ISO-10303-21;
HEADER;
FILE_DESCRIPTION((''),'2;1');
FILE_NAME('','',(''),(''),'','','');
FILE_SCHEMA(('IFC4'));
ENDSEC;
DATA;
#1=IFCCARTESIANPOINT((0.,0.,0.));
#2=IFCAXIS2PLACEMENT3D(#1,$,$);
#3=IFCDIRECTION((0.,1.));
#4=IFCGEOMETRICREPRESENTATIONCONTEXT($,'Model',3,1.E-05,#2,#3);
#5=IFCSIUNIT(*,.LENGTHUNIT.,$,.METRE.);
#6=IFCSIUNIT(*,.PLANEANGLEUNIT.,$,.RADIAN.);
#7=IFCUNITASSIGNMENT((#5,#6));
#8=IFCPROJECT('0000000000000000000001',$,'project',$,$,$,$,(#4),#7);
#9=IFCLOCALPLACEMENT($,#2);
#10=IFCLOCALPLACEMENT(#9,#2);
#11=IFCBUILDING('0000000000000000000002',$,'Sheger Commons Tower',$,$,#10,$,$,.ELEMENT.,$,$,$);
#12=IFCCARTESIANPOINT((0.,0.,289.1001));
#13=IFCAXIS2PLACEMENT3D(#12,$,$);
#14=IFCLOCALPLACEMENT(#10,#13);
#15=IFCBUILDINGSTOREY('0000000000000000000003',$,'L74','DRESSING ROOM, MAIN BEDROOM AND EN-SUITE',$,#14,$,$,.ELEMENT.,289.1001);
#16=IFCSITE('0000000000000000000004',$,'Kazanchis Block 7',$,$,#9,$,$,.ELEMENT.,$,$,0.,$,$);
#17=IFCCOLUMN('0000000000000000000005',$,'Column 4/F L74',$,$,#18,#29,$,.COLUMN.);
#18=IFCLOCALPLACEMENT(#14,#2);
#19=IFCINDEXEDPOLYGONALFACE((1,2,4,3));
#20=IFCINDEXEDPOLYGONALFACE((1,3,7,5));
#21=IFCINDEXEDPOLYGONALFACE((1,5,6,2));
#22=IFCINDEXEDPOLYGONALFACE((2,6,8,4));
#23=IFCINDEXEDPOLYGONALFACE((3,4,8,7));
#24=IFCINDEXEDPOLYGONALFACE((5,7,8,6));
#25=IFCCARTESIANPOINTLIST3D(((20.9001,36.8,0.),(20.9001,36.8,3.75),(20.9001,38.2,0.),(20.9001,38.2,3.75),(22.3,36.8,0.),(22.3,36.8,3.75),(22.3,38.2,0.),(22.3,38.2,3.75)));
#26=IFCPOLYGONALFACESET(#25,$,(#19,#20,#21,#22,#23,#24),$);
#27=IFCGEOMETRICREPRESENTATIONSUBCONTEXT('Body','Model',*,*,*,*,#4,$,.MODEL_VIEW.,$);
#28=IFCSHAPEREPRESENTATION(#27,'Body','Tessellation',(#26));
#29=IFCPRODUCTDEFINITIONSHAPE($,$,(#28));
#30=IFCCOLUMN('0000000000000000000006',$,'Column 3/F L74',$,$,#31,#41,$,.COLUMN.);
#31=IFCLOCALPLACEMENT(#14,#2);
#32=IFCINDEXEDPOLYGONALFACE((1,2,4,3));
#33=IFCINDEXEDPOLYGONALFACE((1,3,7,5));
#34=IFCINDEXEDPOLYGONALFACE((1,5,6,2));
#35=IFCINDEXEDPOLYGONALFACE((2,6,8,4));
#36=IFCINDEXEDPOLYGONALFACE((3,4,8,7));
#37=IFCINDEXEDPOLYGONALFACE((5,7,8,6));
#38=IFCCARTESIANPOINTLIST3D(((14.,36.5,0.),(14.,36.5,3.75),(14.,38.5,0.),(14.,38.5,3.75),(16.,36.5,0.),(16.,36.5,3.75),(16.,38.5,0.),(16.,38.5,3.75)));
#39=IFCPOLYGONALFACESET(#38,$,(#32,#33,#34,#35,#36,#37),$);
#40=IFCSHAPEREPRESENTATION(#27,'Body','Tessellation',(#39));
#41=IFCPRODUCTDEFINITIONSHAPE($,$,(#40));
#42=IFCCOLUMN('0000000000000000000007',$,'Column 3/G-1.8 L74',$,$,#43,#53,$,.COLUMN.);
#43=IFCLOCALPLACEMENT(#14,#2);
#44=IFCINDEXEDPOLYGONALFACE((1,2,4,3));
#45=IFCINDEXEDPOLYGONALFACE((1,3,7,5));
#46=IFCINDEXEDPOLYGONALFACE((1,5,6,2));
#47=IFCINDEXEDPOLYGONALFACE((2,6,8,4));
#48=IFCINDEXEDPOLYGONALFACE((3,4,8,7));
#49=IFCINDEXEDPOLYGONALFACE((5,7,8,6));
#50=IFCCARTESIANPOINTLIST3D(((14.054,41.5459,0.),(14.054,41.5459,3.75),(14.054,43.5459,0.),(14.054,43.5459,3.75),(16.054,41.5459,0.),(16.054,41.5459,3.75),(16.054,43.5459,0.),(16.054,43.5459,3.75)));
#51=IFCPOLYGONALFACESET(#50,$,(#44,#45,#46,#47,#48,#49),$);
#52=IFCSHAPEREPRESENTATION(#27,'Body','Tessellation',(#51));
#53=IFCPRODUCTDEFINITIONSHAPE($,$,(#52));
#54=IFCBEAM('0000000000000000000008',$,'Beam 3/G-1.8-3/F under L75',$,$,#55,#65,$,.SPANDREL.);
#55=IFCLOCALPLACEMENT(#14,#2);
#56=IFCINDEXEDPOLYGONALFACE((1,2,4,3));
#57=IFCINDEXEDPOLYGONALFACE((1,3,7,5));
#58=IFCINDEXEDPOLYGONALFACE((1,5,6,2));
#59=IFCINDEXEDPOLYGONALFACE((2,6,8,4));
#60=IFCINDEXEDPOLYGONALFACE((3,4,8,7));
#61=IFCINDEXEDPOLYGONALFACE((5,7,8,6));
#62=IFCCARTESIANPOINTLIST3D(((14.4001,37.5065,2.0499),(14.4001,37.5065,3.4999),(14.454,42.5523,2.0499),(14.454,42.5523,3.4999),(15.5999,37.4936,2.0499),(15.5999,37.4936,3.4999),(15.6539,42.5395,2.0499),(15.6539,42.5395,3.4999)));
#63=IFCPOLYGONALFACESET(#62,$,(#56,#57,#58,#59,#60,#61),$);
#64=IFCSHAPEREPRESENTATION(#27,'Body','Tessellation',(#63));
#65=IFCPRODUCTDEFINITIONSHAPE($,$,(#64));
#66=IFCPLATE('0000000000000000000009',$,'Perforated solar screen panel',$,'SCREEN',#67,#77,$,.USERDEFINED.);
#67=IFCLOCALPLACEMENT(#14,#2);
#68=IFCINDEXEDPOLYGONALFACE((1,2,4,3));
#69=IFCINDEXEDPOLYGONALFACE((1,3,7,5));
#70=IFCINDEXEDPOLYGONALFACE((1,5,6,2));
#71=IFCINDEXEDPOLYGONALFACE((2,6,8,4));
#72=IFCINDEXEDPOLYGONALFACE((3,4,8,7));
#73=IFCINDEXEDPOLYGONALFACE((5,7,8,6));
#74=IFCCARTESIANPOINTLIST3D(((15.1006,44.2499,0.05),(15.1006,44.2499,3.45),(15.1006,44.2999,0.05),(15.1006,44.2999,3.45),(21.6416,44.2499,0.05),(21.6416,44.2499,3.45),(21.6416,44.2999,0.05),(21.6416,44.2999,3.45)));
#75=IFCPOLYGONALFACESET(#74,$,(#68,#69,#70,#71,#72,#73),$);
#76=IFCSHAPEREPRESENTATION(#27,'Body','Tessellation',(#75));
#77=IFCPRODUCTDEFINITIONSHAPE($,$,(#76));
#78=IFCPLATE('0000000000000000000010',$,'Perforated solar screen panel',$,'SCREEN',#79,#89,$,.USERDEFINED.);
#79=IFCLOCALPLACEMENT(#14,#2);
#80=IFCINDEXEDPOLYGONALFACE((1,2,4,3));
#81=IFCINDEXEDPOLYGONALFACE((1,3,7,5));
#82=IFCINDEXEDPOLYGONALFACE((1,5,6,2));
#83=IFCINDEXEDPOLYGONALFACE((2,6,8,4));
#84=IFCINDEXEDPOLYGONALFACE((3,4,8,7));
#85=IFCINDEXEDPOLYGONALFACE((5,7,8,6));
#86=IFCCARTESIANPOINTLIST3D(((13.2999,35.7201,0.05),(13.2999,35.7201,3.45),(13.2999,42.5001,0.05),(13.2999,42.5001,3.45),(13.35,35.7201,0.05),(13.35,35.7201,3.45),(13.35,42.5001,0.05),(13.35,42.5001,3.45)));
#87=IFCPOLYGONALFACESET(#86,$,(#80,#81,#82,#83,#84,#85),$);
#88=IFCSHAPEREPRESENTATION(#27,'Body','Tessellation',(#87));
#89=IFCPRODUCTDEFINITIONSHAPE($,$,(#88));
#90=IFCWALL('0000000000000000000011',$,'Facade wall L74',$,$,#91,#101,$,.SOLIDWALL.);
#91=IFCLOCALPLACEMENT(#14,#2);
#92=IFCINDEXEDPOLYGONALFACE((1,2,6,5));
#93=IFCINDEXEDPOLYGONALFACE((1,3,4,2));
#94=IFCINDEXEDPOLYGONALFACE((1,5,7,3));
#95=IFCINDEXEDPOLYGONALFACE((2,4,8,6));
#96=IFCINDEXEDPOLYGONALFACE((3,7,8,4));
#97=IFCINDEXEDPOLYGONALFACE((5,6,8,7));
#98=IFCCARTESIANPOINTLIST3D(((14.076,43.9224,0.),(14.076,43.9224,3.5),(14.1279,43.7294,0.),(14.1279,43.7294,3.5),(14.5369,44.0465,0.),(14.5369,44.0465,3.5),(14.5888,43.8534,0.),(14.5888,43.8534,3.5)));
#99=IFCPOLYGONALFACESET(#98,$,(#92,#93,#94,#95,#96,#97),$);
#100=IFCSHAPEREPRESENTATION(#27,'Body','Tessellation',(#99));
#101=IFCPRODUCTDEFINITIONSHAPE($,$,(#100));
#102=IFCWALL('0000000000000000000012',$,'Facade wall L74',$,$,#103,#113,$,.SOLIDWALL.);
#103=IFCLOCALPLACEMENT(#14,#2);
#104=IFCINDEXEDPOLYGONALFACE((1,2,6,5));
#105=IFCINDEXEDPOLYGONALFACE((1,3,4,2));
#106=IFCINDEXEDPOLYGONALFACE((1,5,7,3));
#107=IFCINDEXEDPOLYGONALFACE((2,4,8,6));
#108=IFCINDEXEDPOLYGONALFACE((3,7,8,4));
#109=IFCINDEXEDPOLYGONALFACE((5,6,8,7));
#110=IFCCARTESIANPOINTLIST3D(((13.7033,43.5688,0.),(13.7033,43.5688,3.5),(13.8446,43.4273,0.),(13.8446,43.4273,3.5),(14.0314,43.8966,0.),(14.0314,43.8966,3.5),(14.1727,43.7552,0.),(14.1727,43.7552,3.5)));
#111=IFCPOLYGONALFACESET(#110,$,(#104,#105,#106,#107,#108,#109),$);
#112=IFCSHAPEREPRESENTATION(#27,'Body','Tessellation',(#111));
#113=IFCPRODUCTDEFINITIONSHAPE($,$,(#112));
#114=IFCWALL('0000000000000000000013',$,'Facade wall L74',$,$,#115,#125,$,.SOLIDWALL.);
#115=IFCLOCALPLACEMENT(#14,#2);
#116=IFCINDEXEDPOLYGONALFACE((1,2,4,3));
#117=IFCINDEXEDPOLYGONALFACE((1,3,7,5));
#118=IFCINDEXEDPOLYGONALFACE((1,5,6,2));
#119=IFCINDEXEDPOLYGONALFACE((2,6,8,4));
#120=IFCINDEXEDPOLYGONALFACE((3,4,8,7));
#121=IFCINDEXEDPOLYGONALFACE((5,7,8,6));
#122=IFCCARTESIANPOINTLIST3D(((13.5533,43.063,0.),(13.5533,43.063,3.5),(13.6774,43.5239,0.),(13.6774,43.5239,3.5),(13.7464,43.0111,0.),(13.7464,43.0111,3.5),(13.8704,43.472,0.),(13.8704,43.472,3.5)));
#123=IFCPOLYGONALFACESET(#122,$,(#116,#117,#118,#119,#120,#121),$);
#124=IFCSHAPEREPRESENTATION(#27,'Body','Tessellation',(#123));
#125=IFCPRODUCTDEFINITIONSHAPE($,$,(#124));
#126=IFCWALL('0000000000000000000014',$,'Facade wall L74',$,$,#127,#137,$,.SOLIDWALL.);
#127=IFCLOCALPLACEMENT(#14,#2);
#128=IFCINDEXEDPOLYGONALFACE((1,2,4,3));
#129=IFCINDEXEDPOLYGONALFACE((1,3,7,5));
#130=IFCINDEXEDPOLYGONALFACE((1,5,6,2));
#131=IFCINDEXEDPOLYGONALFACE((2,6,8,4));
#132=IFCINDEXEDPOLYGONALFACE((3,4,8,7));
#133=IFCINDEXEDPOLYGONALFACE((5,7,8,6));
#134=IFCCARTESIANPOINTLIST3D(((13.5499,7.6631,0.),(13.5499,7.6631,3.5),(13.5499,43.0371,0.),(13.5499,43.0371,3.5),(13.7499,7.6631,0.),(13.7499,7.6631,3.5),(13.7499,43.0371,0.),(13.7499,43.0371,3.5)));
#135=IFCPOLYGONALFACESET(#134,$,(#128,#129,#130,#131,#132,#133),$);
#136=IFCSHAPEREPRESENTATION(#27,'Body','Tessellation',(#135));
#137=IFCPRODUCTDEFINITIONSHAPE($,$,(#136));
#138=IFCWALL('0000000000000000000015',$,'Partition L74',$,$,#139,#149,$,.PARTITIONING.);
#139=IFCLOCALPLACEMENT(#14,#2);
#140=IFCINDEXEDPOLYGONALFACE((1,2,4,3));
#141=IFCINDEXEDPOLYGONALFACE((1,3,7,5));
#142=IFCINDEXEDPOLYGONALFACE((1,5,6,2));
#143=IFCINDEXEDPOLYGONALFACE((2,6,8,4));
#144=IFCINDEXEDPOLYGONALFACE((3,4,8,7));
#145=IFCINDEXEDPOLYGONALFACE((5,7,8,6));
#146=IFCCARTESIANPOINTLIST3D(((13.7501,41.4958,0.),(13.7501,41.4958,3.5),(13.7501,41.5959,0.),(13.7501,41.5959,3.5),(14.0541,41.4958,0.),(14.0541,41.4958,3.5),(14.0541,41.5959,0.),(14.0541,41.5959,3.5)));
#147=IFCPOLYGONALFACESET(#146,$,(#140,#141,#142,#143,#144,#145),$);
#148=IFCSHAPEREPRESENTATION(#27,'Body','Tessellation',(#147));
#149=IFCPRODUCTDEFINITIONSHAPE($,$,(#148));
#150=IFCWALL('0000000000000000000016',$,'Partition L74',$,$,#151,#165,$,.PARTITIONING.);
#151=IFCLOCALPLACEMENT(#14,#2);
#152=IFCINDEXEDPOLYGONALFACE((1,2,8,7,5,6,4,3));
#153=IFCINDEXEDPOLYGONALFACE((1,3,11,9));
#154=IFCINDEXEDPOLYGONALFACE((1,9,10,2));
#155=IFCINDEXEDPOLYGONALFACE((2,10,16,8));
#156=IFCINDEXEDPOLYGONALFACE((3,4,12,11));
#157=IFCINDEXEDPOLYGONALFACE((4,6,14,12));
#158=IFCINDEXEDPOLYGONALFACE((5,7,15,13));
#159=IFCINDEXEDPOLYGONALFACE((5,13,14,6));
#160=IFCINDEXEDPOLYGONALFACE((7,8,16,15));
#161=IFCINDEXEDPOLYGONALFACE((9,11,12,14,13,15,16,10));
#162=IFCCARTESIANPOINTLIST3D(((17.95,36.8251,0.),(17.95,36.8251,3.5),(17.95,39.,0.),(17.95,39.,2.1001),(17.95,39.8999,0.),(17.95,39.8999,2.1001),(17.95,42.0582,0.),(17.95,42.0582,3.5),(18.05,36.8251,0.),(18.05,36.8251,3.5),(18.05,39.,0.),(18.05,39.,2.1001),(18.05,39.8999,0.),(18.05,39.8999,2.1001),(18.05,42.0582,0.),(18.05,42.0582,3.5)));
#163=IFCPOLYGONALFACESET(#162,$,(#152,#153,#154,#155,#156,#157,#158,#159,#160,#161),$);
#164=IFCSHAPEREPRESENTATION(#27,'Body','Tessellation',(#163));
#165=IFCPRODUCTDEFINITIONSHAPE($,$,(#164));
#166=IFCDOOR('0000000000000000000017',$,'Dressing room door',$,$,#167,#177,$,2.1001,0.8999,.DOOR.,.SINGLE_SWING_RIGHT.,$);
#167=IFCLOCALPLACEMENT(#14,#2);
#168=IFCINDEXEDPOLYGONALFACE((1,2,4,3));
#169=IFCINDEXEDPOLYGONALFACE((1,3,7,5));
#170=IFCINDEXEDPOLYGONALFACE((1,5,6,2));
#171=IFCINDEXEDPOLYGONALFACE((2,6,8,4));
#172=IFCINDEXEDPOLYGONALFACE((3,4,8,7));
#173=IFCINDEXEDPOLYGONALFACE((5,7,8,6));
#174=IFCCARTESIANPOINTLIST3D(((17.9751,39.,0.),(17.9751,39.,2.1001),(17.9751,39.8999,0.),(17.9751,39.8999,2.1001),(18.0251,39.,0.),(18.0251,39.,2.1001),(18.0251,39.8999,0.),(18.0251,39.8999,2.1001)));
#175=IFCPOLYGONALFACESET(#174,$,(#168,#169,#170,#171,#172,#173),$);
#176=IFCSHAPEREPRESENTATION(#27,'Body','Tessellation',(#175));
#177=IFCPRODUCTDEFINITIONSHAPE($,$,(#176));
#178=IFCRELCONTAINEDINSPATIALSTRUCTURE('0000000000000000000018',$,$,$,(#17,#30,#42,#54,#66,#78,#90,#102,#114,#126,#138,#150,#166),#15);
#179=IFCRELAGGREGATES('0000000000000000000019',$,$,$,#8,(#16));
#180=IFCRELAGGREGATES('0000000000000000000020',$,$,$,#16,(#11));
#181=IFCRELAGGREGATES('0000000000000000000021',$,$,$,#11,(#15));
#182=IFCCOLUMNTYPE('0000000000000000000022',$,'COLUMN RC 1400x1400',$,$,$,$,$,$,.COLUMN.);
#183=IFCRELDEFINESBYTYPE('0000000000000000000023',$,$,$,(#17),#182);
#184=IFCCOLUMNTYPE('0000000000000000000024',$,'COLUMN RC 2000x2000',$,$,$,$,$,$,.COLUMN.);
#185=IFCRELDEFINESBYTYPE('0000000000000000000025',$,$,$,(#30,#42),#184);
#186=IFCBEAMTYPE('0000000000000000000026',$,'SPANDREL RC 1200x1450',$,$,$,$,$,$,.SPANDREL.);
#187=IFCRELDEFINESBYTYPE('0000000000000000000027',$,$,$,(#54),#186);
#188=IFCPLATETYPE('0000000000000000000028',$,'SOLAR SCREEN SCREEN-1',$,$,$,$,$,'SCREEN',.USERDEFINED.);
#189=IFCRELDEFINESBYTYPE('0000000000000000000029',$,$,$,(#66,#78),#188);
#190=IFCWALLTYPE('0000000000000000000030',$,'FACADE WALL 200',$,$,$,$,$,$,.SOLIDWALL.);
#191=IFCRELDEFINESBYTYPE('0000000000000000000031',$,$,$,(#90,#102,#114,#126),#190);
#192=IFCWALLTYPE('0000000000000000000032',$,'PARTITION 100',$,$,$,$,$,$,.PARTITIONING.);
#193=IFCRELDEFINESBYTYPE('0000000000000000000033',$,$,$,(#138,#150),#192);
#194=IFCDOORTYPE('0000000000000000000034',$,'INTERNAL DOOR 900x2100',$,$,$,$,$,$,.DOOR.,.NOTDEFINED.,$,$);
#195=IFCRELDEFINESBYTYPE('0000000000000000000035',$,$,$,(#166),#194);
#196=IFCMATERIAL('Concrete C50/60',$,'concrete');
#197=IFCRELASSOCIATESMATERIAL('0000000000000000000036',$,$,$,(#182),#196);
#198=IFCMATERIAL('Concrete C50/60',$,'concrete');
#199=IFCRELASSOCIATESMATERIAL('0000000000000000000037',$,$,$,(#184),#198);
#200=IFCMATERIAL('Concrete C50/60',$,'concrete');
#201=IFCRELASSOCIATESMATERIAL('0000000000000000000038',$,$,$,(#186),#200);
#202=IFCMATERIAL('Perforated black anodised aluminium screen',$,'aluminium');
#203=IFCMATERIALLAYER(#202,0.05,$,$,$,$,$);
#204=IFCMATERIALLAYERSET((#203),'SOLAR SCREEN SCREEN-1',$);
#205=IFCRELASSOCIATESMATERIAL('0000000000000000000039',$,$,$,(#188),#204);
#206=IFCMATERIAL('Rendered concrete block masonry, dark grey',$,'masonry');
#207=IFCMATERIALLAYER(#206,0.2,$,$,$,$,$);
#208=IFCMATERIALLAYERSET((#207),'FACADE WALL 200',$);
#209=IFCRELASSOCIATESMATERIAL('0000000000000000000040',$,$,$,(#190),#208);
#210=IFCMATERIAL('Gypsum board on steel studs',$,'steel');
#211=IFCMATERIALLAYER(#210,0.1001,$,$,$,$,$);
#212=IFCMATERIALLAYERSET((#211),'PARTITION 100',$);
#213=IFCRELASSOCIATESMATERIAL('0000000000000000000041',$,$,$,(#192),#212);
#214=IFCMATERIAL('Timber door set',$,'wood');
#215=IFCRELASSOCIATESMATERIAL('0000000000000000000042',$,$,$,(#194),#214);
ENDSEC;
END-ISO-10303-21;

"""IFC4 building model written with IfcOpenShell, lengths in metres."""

from ifc_helpers import new_model, si_unit, direction, frame, frame_2d, origin, origin_2d, place, context, subcontext, project, spatial, rectangle, extrude, material, layer, layer_set, material_profile, profile_set, type_object, element, fill, save


model = new_model("IFC4")

# Units and contexts
model_context = context("Model", 3, precision=1e-05, world=origin(), true_north=direction((0.0, 1.0)))
body_context = subcontext(model_context, "Body", "Model", "MODEL_VIEW")
ifc_project = project(units=[si_unit("LENGTHUNIT", "METRE"), si_unit("PLANEANGLEUNIT", "RADIAN")], contexts=[model_context])

# Site, building, storey
site_placement = place(None, origin())
site = spatial("IfcSite", under=ifc_project, at=site_placement, Name="Kazanchis Block 7", CompositionType="ELEMENT", RefElevation=0.0)
building_placement = place(site_placement, origin())
building = spatial("IfcBuilding", under=site, at=building_placement, Name="Sheger Commons Tower", CompositionType="ELEMENT")
storey_placement = place(building_placement, frame((0.0, 0.0, 289.1001)))
storey = spatial("IfcBuildingStorey", under=building, at=storey_placement, Name="L74", Description="DRESSING ROOM, MAIN BEDROOM AND EN-SUITE", CompositionType="ELEMENT", Elevation=289.1001)

# Columns
ifc_material_1 = material(Name="Concrete C50/60", Category="concrete")
ifc_material_profile_1 = material_profile(ifc_material_1, rectangle(XDim=1.3999, YDim=1.3999, at=origin_2d()), Name="RC 1400x1400")
ifc_profile_set_1 = profile_set([ifc_material_profile_1], Name="Concrete C50/60")
column_type_1 = type_object("IfcColumnType", Name="COLUMN RC 1400x1400", PredefinedType="COLUMN", material=ifc_profile_set_1)
column_placement = place(storey_placement, frame((21.6001, 37.5, 0.0), z_axis=(0.0, 0.0, 1.0), x_axis=(1.0, 0.0, 0.0)))
element("IfcColumn", 1, at=column_placement, inside=storey, type_object=column_type_1, Name="Column 4/F L74", PredefinedType="COLUMN", context=body_context, shape_type="SweptSolid", body=[
    extrude(rectangle(XDim=1.3999, YDim=1.3999, at=origin_2d()), origin(), (0.0, 0.0, 1.0), 3.75),
])
ifc_material_2 = material(Name="Concrete C50/60", Category="concrete")
ifc_material_profile_2 = material_profile(ifc_material_2, rectangle(XDim=2.0, YDim=2.0, at=origin_2d()), Name="RC 2000x2000")
ifc_profile_set_2 = profile_set([ifc_material_profile_2], Name="Concrete C50/60")
column_type_2 = type_object("IfcColumnType", Name="COLUMN RC 2000x2000", PredefinedType="COLUMN", material=ifc_profile_set_2)
for number, where, z_axis, x_axis, name in (
    (2, (15.0, 37.5, 0.0), (0.0, 0.0, 1.0), (1.0, 0.0, 0.0), "Column 3/F L74"),
    (3, (15.054, 42.5459, 0.0), (0.0, 0.0, 1.0), (1.0, 0.0, 0.0), "Column 3/G-1.8 L74"),
):
    element("IfcColumn", number, at=place(storey_placement, frame(where, z_axis=z_axis, x_axis=x_axis)), inside=storey, type_object=column_type_2, Name=name, PredefinedType="COLUMN", context=body_context, shape_type="SweptSolid", body=[
        extrude(rectangle(XDim=2.0, YDim=2.0, at=origin_2d()), origin(), (0.0, 0.0, 1.0), 3.75),
    ])

# Beam
ifc_material_3 = material(Name="Concrete C50/60", Category="concrete")
ifc_material_profile_3 = material_profile(ifc_material_3, rectangle(XDim=1.2, YDim=1.45, at=origin_2d()), Name="RC 1200x1450")
ifc_profile_set_3 = profile_set([ifc_material_profile_3], Name="Concrete C50/60")
beam_type = type_object("IfcBeamType", Name="SPANDREL RC 1200x1450", PredefinedType="SPANDREL", material=ifc_profile_set_3)
beam_placement = place(storey_placement, frame((15.054, 42.5459, 2.7749), z_axis=(-0.010692, -0.999943, 0.0), x_axis=(0.999943, -0.010692, 0.0)))
element("IfcBeam", 4, at=beam_placement, inside=storey, type_object=beam_type, Name="Beam 3/G-1.8-3/F under L75", PredefinedType="SPANDREL", context=body_context, shape_type="SweptSolid", body=[
    extrude(rectangle(XDim=1.2, YDim=1.45, at=origin_2d()), origin(), (0.0, 0.0, 1.0), 5.0461),
])

# Plates
ifc_material_4 = material(Name="Perforated black anodised aluminium screen", Category="aluminium")
ifc_layer_1 = layer(ifc_material_4, 0.05)
ifc_layer_set_1 = layer_set([ifc_layer_1], Name="SOLAR SCREEN SCREEN-1")
plate_type = type_object("IfcPlateType", Name="SOLAR SCREEN SCREEN-1", ElementType="SCREEN", PredefinedType="USERDEFINED", material=ifc_layer_set_1)
plate_1_placement = place(storey_placement, frame((18.3711, 44.2749, 0.05), z_axis=(0.0, 0.0, 1.0), x_axis=(-1.0, 0.0, 0.0)))
element("IfcPlate", 5, at=plate_1_placement, inside=storey, type_object=plate_type, Name="Perforated solar screen panel", ObjectType="SCREEN", PredefinedType="USERDEFINED", context=body_context, shape_type="SweptSolid", body=[
    extrude(rectangle(XDim=6.541, YDim=0.05, at=origin_2d()), origin(), (0.0, 0.0, 1.0), 3.3999),
])
plate_2_placement = place(storey_placement, frame((13.325, 39.1101, 0.05), z_axis=(0.0, 0.0, 1.0), x_axis=(0.0, -1.0, 0.0)))
element("IfcPlate", 6, at=plate_2_placement, inside=storey, type_object=plate_type, Name="Perforated solar screen panel", ObjectType="SCREEN", PredefinedType="USERDEFINED", context=body_context, shape_type="SweptSolid", body=[
    extrude(rectangle(XDim=6.78, YDim=0.05, at=origin_2d()), origin(), (0.0, 0.0, 1.0), 3.3999),
])

# Walls
ifc_material_5 = material(Name="Rendered concrete block masonry, dark grey", Category="masonry")
ifc_layer_2 = layer(ifc_material_5, 0.2)
ifc_layer_set_2 = layer_set([ifc_layer_2], Name="FACADE WALL 200")
wall_type_1 = type_object("IfcWallType", Name="FACADE WALL 200", PredefinedType="SOLIDWALL", material=ifc_layer_set_2)
wall_1_placement = place(storey_placement, frame((14.563, 43.95, 0.0), z_axis=(0.0, 0.0, 1.0), x_axis=(-0.965655, -0.259827, 0.0)))
element("IfcWall", 7, at=wall_1_placement, inside=storey, type_object=wall_type_1, Name="Facade wall L74", PredefinedType="SOLIDWALL", context=body_context, shape_type="SweptSolid", body=[
    extrude(rectangle(XDim=0.4773, YDim=0.2, at=frame_2d((0.2388, 0.0))), origin(), (0.0, 0.0, 1.0), 3.5),
])
wall_2_placement = place(storey_placement, frame((14.1021, 43.8259, 0.0), z_axis=(0.0, 0.0, 1.0), x_axis=(-0.70737, -0.706844, 0.0)))
element("IfcWall", 8, at=wall_2_placement, inside=storey, type_object=wall_type_1, Name="Facade wall L74", PredefinedType="SOLIDWALL", context=body_context, shape_type="SweptSolid", body=[
    extrude(rectangle(XDim=0.4639, YDim=0.2, at=frame_2d((0.2319, 0.0))), origin(), (0.0, 0.0, 1.0), 3.5),
])
wall_3_placement = place(storey_placement, frame((13.7739, 43.498, 0.0), z_axis=(0.0, 0.0, 1.0), x_axis=(-0.259827, -0.965655, 0.0)))
element("IfcWall", 9, at=wall_3_placement, inside=storey, type_object=wall_type_1, Name="Facade wall L74", PredefinedType="SOLIDWALL", context=body_context, shape_type="SweptSolid", body=[
    extrude(rectangle(XDim=0.4773, YDim=0.2, at=frame_2d((0.2388, 0.0))), origin(), (0.0, 0.0, 1.0), 3.5),
])
wall_4_placement = place(storey_placement, frame((13.6499, 43.0371, 0.0), z_axis=(0.0, 0.0, 1.0), x_axis=(0.0, -1.0, 0.0)))
element("IfcWall", 10, at=wall_4_placement, inside=storey, type_object=wall_type_1, Name="Facade wall L74", PredefinedType="SOLIDWALL", context=body_context, shape_type="SweptSolid", body=[
    extrude(rectangle(XDim=35.374, YDim=0.2, at=frame_2d((17.687, 0.0))), origin(), (0.0, 0.0, 1.0), 3.5),
])
ifc_material_6 = material(Name="Gypsum board on steel studs", Category="steel")
ifc_layer_3 = layer(ifc_material_6, 0.1001)
ifc_layer_set_3 = layer_set([ifc_layer_3], Name="PARTITION 100")
wall_type_2 = type_object("IfcWallType", Name="PARTITION 100", PredefinedType="PARTITIONING", material=ifc_layer_set_3)
wall_5_placement = place(storey_placement, frame((14.054, 41.5459, 0.0), z_axis=(0.0, 0.0, 1.0), x_axis=(-1.0, 0.0, 0.0)))
element("IfcWall", 11, at=wall_5_placement, inside=storey, type_object=wall_type_2, Name="Partition L74", PredefinedType="PARTITIONING", context=body_context, shape_type="SweptSolid", body=[
    extrude(rectangle(XDim=0.304, YDim=0.1001, at=frame_2d((0.1519, 0.0))), origin(), (0.0, 0.0, 1.0), 3.5),
])

# Wall, opening, door
wall_6_placement = place(storey_placement, frame((18.0, 36.825, 0.0), z_axis=(0.0, 0.0, 1.0), x_axis=(0.0, 1.0, 0.0)))
wall_6 = element("IfcWall", 12, at=wall_6_placement, inside=storey, type_object=wall_type_2, Name="Partition L74", PredefinedType="PARTITIONING", context=body_context, shape_type="SweptSolid", body=[
    extrude(rectangle(XDim=5.2332, YDim=0.1001, at=frame_2d((2.6167, 0.0))), origin(), (0.0, 0.0, 1.0), 3.5),
])
opening_1_placement = place(wall_6_placement, frame((2.175, 0.0, 0.0)))
opening_1 = element("IfcOpeningElement", 13, at=opening_1_placement, cuts=wall_6, PredefinedType="OPENING", context=body_context, shape_type="SweptSolid", body=[
    extrude(rectangle(XDim=0.8999, YDim=2.1001, at=frame_2d((0.45, 1.05))), frame((0.0, 0.0601, 0.0), z_axis=(0.0, -1.0, 0.0), x_axis=(1.0, 0.0, 0.0)), (0.0, 0.0, 1.0), 0.1201),
])
ifc_material_7 = material(Name="Timber door set", Category="wood")
door_type = type_object("IfcDoorType", Name="INTERNAL DOOR 900x2100", OperationType="NOTDEFINED", PredefinedType="DOOR", material=ifc_material_7)
door_1_placement = place(opening_1_placement, origin())
door_1 = element("IfcDoor", 14, at=door_1_placement, inside=storey, type_object=door_type, Name="Dressing room door", OperationType="SINGLE_SWING_RIGHT", OverallHeight=2.1001, OverallWidth=0.8999, PredefinedType="DOOR", context=body_context, shape_type="SweptSolid", body=[
    extrude(rectangle(XDim=0.8999, YDim=2.1001, at=frame_2d((0.45, 1.05))), frame((0.0, 0.0249, 0.0), z_axis=(0.0, -1.0, 0.0), x_axis=(1.0, 0.0, 0.0)), (0.0, 0.0, 1.0), 0.05),
])
fill(opening_1, door_1)

save(model, "model.ifc")
